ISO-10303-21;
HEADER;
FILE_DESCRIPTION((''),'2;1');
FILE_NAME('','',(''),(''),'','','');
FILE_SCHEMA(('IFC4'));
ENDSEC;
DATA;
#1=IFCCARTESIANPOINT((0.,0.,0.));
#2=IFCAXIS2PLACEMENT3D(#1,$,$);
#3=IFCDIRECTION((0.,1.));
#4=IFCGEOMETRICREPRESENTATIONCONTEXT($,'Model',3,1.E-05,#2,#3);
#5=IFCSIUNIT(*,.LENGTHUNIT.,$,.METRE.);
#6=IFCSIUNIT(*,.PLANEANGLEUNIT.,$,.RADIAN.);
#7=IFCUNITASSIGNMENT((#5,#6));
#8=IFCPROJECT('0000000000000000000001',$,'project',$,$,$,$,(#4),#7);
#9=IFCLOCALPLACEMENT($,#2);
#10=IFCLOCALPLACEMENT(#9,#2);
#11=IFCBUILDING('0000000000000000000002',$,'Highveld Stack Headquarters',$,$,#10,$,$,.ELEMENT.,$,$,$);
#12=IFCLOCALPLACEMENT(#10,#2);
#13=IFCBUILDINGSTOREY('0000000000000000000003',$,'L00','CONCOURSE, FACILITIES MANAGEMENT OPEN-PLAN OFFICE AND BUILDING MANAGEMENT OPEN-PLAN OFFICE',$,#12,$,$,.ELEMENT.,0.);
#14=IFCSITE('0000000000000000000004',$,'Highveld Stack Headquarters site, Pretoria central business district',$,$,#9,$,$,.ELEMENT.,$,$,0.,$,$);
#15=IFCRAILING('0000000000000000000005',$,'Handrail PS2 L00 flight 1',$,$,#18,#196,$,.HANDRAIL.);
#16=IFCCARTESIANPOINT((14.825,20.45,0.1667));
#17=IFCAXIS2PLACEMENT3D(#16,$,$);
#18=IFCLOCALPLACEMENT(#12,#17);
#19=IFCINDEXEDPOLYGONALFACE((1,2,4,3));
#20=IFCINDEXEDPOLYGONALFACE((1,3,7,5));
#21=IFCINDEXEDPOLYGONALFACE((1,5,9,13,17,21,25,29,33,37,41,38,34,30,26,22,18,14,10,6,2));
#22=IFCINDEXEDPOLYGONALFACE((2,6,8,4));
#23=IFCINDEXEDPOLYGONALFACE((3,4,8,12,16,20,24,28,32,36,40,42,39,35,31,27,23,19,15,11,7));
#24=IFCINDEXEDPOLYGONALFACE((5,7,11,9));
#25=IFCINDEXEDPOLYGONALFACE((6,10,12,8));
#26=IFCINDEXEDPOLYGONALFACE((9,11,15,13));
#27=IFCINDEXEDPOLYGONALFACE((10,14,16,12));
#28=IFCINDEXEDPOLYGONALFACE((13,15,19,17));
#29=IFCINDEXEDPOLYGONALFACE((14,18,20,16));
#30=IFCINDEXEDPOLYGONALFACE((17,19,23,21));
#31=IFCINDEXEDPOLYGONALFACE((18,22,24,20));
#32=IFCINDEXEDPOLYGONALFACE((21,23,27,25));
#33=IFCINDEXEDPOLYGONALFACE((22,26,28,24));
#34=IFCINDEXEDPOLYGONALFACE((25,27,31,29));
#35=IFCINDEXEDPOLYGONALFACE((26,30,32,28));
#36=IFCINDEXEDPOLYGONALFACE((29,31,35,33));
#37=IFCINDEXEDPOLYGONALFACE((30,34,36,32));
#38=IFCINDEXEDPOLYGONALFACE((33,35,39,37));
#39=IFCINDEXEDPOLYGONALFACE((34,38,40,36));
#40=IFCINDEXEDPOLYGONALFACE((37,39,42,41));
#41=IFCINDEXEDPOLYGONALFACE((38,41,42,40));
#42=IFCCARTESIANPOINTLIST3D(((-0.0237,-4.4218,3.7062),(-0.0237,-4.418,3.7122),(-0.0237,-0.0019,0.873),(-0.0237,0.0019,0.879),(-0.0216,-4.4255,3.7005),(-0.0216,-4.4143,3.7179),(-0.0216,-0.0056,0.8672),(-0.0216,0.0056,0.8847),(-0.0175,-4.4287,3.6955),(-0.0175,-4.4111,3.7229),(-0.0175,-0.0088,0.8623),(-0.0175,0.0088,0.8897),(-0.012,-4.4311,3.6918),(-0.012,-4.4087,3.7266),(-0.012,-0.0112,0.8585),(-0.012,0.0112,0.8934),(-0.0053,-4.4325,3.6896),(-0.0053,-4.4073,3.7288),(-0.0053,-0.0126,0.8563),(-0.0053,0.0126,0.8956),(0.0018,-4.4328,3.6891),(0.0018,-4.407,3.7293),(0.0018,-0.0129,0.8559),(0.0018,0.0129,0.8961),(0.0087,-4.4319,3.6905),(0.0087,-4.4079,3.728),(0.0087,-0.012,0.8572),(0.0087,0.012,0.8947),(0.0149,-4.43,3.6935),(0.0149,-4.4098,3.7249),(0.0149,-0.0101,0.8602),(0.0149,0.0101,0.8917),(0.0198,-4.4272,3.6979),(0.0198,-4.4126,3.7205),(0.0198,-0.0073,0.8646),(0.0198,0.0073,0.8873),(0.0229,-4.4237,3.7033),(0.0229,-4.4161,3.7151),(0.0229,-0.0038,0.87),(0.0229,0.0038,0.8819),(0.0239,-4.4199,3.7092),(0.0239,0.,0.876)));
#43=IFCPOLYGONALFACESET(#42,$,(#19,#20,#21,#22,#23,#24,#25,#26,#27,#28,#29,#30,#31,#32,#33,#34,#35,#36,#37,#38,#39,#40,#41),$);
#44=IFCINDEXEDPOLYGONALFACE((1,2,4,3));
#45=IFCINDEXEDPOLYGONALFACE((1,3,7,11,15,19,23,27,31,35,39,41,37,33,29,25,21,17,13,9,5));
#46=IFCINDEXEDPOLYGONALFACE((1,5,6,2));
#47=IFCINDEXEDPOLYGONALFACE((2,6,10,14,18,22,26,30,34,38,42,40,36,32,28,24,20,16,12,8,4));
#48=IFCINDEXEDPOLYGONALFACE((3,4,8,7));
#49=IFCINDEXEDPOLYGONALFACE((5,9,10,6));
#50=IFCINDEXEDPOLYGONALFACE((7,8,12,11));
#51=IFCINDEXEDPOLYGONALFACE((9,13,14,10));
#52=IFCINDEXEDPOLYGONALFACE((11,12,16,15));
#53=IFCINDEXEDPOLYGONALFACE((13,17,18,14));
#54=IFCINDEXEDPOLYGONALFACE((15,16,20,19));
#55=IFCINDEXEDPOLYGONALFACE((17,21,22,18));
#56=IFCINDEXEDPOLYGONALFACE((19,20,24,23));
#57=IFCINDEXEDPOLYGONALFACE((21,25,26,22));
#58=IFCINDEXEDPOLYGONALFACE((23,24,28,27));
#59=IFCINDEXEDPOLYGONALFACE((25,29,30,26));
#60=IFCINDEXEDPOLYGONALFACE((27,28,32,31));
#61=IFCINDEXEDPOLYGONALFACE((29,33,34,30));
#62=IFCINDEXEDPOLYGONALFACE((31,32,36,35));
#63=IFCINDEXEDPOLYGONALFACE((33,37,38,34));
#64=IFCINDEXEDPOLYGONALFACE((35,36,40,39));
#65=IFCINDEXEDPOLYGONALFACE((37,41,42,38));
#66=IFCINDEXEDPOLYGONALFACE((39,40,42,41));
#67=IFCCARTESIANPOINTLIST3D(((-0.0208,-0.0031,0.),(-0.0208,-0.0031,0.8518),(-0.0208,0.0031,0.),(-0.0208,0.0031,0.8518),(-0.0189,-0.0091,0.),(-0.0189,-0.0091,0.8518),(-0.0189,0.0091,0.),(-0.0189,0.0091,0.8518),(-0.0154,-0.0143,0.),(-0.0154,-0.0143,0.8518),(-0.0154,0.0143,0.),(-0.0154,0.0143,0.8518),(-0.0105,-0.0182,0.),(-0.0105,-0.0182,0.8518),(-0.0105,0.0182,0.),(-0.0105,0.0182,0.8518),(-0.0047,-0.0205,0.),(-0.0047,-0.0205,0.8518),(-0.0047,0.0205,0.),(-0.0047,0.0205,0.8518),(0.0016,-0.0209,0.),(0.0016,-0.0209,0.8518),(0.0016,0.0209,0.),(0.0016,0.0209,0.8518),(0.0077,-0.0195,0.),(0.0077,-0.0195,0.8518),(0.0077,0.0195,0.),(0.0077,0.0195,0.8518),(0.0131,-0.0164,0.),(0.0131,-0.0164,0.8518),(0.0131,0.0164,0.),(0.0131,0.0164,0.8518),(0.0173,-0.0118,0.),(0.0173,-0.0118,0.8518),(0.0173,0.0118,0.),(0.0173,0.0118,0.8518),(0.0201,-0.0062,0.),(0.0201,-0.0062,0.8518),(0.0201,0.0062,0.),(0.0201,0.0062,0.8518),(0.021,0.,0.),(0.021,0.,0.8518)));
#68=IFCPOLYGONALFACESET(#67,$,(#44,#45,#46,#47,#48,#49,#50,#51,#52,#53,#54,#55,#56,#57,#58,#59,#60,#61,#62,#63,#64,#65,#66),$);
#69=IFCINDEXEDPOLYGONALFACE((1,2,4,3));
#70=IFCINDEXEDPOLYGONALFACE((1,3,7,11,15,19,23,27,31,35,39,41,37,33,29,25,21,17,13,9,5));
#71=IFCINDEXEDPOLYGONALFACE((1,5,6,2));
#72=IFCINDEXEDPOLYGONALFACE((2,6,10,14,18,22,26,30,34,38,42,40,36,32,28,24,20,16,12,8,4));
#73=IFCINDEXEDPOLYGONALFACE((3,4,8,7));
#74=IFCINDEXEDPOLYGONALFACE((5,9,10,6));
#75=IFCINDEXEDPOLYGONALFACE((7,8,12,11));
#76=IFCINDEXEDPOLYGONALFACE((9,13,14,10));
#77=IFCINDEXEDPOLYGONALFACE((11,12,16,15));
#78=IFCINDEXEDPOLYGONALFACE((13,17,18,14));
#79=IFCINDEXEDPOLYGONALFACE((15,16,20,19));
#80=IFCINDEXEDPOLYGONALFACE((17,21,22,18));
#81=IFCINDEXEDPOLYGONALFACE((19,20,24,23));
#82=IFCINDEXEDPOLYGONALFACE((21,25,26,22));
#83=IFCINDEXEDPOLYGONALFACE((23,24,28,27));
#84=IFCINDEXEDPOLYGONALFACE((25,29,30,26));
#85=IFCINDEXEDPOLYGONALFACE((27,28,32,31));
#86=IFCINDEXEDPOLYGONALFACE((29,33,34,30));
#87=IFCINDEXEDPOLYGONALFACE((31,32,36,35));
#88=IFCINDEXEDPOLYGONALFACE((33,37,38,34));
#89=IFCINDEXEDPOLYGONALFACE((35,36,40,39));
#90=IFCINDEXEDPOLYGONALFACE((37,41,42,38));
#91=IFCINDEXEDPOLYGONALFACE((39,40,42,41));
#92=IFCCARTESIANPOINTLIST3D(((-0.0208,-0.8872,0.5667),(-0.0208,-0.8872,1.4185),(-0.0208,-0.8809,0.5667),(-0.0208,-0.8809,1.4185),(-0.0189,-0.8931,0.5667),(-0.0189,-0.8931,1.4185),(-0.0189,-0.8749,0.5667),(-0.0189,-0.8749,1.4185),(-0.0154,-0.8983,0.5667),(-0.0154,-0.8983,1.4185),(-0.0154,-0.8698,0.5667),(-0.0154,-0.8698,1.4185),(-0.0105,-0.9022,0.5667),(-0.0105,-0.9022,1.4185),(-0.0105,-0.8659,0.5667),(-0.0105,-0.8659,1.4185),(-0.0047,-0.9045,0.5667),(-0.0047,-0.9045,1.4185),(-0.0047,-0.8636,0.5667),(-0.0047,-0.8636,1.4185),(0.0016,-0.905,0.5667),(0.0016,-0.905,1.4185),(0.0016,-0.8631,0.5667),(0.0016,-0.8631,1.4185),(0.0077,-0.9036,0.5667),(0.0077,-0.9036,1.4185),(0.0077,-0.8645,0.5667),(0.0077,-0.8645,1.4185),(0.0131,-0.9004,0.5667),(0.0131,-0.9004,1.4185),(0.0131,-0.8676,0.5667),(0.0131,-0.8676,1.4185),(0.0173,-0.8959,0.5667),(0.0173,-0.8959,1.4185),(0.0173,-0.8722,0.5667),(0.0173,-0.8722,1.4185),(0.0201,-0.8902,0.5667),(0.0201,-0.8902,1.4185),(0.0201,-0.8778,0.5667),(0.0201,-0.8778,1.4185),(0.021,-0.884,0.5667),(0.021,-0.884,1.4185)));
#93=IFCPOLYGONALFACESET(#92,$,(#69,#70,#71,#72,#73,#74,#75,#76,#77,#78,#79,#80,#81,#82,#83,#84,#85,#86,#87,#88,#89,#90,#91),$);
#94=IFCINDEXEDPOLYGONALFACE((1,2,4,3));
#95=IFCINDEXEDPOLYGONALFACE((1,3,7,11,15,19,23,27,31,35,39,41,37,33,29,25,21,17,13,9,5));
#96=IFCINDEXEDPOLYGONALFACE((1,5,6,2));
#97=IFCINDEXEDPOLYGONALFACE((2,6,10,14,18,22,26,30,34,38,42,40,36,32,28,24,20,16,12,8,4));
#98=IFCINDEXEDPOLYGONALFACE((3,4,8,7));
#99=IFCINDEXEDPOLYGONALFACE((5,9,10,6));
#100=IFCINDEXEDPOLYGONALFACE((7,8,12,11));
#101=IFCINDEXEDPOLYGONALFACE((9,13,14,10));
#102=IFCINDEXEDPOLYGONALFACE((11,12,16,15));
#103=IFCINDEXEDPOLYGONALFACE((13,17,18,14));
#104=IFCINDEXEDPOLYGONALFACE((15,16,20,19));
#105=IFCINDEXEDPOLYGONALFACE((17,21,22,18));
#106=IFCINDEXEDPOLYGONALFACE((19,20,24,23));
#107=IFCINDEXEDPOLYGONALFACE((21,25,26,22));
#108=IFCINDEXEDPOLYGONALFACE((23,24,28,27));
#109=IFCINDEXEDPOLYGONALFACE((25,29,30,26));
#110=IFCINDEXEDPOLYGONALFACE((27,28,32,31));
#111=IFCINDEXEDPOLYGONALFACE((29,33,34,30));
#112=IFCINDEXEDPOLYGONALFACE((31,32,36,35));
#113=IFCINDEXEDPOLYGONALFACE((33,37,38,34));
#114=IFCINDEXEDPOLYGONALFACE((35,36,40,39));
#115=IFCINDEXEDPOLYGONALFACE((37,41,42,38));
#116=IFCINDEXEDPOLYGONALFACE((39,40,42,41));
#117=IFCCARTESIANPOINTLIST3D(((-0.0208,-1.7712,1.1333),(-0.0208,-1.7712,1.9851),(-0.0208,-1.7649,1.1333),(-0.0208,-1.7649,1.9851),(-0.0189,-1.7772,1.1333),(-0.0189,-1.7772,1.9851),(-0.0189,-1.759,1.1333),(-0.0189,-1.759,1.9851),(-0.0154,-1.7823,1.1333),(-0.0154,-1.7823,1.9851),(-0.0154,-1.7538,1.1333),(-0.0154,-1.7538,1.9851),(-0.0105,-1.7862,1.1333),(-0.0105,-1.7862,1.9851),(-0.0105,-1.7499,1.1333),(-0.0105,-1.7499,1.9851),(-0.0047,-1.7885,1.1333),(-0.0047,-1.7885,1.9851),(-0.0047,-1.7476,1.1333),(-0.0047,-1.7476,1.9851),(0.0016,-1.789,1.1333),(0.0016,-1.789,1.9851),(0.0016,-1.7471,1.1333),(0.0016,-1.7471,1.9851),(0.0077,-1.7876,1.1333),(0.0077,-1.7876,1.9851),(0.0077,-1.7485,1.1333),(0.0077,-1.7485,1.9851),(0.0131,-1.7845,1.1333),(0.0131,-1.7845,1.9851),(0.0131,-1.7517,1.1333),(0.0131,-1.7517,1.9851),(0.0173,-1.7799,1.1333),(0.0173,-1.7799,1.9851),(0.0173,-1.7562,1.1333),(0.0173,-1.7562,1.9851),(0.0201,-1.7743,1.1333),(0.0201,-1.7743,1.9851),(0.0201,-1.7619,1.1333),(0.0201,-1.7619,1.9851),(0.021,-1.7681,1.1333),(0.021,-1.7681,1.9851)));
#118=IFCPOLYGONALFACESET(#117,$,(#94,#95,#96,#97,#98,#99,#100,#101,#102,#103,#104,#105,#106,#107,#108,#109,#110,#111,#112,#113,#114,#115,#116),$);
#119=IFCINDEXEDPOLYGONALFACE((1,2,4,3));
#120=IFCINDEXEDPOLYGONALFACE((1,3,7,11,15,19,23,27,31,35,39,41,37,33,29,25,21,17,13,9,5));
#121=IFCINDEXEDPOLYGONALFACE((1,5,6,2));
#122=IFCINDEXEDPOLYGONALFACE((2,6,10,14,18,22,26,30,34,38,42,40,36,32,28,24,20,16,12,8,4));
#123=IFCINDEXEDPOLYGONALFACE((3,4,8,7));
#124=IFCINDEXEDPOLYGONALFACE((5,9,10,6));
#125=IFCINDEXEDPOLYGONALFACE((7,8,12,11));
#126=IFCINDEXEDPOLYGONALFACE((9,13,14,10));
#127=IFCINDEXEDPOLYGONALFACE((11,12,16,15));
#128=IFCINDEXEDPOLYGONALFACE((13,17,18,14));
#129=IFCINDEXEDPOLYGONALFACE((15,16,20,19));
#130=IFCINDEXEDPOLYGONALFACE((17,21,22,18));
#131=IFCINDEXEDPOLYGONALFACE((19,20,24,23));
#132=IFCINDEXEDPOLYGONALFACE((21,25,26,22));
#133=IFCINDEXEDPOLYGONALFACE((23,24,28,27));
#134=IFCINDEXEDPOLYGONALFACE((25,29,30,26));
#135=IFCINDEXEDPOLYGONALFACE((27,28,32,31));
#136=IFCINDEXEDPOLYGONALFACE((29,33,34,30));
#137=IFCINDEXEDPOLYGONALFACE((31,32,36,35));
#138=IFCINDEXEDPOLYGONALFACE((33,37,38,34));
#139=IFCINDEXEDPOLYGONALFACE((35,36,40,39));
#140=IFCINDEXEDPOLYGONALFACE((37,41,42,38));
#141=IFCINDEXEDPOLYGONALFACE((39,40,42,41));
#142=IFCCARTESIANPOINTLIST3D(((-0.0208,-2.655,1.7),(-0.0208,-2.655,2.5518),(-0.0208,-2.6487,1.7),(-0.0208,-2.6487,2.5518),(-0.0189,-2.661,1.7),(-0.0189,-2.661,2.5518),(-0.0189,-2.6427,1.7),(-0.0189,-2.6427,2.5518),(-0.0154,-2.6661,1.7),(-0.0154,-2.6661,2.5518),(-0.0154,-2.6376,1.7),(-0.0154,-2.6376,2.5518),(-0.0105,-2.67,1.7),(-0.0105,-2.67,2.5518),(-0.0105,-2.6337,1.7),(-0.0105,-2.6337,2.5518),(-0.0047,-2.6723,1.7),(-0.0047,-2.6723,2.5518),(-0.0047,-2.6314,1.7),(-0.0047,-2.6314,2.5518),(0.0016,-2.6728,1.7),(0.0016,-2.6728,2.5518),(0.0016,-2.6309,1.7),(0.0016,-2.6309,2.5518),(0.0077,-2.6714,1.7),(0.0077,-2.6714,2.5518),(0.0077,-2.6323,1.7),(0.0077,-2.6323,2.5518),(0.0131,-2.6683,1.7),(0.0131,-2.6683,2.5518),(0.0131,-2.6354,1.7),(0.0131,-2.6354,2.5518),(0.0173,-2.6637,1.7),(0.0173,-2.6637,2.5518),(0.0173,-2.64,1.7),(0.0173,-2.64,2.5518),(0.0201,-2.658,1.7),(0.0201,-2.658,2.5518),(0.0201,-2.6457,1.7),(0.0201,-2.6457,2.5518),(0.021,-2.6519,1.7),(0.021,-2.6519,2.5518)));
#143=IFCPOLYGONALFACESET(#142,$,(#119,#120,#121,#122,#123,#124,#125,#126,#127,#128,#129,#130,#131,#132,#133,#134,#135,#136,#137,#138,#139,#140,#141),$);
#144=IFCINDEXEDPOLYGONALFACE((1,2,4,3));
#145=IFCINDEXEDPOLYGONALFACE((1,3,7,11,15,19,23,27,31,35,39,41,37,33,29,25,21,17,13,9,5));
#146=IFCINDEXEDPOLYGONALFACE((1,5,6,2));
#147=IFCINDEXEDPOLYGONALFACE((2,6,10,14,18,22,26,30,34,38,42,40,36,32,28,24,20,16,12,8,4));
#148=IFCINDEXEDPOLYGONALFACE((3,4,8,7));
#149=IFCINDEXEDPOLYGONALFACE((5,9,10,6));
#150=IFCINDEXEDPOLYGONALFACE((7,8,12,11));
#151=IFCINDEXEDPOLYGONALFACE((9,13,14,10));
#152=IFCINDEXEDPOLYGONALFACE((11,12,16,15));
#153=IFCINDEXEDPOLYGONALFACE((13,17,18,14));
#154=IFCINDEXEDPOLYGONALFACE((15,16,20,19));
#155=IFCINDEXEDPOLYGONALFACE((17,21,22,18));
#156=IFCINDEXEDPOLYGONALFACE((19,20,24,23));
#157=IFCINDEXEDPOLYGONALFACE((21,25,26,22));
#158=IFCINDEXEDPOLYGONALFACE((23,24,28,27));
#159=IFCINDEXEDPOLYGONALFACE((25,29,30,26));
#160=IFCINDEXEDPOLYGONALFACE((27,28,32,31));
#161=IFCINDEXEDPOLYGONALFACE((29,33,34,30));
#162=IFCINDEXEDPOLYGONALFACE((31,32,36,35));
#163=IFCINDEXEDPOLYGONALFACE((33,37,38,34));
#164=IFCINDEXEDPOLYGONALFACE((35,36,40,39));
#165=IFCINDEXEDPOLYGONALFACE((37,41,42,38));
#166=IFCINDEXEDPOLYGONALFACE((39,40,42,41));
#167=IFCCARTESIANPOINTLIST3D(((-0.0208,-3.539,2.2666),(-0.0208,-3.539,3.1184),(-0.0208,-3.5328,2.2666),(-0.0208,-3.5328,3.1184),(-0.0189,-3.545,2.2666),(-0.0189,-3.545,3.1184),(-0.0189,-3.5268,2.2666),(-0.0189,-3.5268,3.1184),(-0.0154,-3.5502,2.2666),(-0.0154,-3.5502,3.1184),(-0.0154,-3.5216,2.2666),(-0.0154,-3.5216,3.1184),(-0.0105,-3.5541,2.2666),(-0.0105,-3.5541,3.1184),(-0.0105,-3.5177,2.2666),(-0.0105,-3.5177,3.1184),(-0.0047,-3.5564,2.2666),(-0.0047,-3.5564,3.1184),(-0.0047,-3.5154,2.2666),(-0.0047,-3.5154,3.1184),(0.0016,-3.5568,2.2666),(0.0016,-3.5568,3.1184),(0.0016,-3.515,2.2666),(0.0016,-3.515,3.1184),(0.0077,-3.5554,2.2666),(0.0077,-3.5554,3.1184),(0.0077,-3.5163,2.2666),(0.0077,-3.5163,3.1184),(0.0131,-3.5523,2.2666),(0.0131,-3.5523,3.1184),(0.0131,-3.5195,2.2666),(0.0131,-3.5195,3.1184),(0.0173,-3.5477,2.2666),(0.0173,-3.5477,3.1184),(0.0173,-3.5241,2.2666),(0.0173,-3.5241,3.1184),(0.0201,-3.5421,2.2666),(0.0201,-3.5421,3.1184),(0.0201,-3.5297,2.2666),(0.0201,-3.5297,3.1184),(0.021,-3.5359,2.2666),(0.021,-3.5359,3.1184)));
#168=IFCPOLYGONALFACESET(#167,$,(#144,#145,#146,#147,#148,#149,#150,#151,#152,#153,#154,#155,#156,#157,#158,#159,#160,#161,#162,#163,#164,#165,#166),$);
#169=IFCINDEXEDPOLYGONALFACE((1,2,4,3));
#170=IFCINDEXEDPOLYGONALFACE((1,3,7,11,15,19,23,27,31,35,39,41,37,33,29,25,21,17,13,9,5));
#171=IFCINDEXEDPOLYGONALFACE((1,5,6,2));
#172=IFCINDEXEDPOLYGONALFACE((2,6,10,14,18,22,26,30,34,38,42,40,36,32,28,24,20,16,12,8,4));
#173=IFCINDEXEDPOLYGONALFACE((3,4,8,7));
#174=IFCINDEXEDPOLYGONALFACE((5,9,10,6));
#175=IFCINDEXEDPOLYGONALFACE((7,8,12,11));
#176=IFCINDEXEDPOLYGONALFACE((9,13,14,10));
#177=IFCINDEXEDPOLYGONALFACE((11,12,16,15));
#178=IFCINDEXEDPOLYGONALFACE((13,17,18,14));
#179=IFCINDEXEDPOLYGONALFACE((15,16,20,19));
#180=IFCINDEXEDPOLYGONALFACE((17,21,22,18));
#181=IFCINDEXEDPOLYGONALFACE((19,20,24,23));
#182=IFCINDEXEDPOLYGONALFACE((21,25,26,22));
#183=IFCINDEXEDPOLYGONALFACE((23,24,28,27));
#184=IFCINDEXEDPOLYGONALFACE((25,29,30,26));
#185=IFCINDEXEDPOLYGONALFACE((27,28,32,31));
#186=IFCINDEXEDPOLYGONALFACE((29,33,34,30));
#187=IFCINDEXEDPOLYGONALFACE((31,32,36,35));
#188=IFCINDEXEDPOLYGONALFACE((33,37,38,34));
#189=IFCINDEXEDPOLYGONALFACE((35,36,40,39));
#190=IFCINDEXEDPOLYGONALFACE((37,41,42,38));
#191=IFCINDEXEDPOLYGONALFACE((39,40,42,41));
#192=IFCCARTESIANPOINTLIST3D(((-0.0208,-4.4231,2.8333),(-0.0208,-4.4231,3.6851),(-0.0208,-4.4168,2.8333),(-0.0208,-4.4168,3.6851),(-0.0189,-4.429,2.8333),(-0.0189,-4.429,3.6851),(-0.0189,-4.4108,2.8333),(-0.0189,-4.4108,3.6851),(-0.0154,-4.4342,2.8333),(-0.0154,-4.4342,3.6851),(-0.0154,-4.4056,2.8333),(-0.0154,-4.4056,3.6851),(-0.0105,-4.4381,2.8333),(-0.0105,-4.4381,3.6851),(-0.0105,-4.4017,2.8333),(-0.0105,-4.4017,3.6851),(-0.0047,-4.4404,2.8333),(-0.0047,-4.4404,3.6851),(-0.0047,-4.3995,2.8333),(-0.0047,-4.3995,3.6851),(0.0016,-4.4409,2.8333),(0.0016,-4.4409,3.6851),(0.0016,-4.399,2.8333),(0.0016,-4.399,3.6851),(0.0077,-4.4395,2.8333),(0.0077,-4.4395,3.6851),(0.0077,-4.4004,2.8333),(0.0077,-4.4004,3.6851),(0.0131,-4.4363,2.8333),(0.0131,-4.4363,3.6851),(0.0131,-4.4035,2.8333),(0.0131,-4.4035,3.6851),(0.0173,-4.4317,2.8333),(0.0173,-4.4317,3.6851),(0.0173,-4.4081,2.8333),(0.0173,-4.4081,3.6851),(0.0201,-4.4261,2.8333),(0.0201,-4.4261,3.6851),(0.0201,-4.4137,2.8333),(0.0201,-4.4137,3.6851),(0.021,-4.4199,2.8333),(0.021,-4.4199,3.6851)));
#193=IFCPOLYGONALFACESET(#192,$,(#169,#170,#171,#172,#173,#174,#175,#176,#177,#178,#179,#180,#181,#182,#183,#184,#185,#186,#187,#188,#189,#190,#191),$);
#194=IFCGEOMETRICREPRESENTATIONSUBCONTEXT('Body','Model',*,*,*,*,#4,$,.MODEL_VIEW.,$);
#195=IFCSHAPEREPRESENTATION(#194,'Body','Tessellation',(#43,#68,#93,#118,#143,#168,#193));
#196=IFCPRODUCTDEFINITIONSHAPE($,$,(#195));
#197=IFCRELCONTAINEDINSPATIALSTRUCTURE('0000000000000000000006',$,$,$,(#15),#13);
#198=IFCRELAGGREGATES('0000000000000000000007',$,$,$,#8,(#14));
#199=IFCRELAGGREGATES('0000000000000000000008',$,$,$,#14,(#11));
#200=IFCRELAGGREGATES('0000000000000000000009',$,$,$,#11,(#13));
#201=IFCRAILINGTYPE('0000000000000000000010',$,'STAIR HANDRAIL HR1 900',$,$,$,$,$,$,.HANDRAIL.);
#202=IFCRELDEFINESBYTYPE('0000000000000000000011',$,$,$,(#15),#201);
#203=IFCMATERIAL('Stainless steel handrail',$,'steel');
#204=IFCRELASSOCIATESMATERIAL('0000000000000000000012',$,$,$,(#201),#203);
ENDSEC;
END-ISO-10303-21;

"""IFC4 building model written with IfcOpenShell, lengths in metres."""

from ifc_helpers import new_model, si_unit, direction, frame, origin, origin_2d, place, context, subcontext, project, spatial, circle, extrude, material, type_object, element, save


model = new_model("IFC4")

# Units and contexts
model_context = context("Model", 3, precision=1e-05, world=origin(), true_north=direction((0.0, 1.0)))
body_context = subcontext(model_context, "Body", "Model", "MODEL_VIEW")
ifc_project = project(units=[si_unit("LENGTHUNIT", "METRE"), si_unit("PLANEANGLEUNIT", "RADIAN")], contexts=[model_context])

# Site, building, storey
site_placement = place(None, origin())
site = spatial("IfcSite", under=ifc_project, at=site_placement, Name="Highveld Stack Headquarters site, Pretoria central business district", CompositionType="ELEMENT", RefElevation=0.0)
building_placement = place(site_placement, origin())
building = spatial("IfcBuilding", under=site, at=building_placement, Name="Highveld Stack Headquarters", CompositionType="ELEMENT")
storey_placement = place(building_placement, origin())
storey = spatial("IfcBuildingStorey", under=building, at=storey_placement, Name="L00", Description="CONCOURSE, FACILITIES MANAGEMENT OPEN-PLAN OFFICE AND BUILDING MANAGEMENT OPEN-PLAN OFFICE", CompositionType="ELEMENT", Elevation=0.0)

# Railing
ifc_material_1 = material(Name="Stainless steel handrail", Category="steel")
railing_type = type_object("IfcRailingType", Name="STAIR HANDRAIL HR1 900", PredefinedType="HANDRAIL", material=ifc_material_1)
for number, where, name in (
    (1, (14.825, 20.45, 0.1667), "Handrail PS2 L00 flight 1"),
):
    element("IfcRailing", number, at=place(storey_placement, frame(where)), inside=storey, type_object=railing_type, Name=name, PredefinedType="HANDRAIL", context=body_context, shape_type="SweptSolid", body=[
        extrude(circle(Radius=0.0239, at=origin_2d()), frame((0.0, 0.0, 0.876), z_axis=(0.0, -0.841882, 0.539662), x_axis=(1.0, 0.0, 0.0)), (0.0, 0.0, 1.0), 5.25),
        extrude(circle(Radius=0.021, at=origin_2d()), origin(), (0.0, 0.0, 1.0), 0.8518),
        extrude(circle(Radius=0.021, at=origin_2d()), frame((0.0, -0.884, 0.5667)), (0.0, 0.0, 1.0), 0.8518),
        extrude(circle(Radius=0.021, at=origin_2d()), frame((0.0, -1.7681, 1.1333)), (0.0, 0.0, 1.0), 0.8518),
        extrude(circle(Radius=0.021, at=origin_2d()), frame((0.0, -2.6519, 1.7)), (0.0, 0.0, 1.0), 0.8518),
        extrude(circle(Radius=0.021, at=origin_2d()), frame((0.0, -3.5359, 2.2666)), (0.0, 0.0, 1.0), 0.8518),
        extrude(circle(Radius=0.021, at=origin_2d()), frame((0.0, -4.4199, 2.8333)), (0.0, 0.0, 1.0), 0.8518),
    ])

save(model, "model.ifc")
